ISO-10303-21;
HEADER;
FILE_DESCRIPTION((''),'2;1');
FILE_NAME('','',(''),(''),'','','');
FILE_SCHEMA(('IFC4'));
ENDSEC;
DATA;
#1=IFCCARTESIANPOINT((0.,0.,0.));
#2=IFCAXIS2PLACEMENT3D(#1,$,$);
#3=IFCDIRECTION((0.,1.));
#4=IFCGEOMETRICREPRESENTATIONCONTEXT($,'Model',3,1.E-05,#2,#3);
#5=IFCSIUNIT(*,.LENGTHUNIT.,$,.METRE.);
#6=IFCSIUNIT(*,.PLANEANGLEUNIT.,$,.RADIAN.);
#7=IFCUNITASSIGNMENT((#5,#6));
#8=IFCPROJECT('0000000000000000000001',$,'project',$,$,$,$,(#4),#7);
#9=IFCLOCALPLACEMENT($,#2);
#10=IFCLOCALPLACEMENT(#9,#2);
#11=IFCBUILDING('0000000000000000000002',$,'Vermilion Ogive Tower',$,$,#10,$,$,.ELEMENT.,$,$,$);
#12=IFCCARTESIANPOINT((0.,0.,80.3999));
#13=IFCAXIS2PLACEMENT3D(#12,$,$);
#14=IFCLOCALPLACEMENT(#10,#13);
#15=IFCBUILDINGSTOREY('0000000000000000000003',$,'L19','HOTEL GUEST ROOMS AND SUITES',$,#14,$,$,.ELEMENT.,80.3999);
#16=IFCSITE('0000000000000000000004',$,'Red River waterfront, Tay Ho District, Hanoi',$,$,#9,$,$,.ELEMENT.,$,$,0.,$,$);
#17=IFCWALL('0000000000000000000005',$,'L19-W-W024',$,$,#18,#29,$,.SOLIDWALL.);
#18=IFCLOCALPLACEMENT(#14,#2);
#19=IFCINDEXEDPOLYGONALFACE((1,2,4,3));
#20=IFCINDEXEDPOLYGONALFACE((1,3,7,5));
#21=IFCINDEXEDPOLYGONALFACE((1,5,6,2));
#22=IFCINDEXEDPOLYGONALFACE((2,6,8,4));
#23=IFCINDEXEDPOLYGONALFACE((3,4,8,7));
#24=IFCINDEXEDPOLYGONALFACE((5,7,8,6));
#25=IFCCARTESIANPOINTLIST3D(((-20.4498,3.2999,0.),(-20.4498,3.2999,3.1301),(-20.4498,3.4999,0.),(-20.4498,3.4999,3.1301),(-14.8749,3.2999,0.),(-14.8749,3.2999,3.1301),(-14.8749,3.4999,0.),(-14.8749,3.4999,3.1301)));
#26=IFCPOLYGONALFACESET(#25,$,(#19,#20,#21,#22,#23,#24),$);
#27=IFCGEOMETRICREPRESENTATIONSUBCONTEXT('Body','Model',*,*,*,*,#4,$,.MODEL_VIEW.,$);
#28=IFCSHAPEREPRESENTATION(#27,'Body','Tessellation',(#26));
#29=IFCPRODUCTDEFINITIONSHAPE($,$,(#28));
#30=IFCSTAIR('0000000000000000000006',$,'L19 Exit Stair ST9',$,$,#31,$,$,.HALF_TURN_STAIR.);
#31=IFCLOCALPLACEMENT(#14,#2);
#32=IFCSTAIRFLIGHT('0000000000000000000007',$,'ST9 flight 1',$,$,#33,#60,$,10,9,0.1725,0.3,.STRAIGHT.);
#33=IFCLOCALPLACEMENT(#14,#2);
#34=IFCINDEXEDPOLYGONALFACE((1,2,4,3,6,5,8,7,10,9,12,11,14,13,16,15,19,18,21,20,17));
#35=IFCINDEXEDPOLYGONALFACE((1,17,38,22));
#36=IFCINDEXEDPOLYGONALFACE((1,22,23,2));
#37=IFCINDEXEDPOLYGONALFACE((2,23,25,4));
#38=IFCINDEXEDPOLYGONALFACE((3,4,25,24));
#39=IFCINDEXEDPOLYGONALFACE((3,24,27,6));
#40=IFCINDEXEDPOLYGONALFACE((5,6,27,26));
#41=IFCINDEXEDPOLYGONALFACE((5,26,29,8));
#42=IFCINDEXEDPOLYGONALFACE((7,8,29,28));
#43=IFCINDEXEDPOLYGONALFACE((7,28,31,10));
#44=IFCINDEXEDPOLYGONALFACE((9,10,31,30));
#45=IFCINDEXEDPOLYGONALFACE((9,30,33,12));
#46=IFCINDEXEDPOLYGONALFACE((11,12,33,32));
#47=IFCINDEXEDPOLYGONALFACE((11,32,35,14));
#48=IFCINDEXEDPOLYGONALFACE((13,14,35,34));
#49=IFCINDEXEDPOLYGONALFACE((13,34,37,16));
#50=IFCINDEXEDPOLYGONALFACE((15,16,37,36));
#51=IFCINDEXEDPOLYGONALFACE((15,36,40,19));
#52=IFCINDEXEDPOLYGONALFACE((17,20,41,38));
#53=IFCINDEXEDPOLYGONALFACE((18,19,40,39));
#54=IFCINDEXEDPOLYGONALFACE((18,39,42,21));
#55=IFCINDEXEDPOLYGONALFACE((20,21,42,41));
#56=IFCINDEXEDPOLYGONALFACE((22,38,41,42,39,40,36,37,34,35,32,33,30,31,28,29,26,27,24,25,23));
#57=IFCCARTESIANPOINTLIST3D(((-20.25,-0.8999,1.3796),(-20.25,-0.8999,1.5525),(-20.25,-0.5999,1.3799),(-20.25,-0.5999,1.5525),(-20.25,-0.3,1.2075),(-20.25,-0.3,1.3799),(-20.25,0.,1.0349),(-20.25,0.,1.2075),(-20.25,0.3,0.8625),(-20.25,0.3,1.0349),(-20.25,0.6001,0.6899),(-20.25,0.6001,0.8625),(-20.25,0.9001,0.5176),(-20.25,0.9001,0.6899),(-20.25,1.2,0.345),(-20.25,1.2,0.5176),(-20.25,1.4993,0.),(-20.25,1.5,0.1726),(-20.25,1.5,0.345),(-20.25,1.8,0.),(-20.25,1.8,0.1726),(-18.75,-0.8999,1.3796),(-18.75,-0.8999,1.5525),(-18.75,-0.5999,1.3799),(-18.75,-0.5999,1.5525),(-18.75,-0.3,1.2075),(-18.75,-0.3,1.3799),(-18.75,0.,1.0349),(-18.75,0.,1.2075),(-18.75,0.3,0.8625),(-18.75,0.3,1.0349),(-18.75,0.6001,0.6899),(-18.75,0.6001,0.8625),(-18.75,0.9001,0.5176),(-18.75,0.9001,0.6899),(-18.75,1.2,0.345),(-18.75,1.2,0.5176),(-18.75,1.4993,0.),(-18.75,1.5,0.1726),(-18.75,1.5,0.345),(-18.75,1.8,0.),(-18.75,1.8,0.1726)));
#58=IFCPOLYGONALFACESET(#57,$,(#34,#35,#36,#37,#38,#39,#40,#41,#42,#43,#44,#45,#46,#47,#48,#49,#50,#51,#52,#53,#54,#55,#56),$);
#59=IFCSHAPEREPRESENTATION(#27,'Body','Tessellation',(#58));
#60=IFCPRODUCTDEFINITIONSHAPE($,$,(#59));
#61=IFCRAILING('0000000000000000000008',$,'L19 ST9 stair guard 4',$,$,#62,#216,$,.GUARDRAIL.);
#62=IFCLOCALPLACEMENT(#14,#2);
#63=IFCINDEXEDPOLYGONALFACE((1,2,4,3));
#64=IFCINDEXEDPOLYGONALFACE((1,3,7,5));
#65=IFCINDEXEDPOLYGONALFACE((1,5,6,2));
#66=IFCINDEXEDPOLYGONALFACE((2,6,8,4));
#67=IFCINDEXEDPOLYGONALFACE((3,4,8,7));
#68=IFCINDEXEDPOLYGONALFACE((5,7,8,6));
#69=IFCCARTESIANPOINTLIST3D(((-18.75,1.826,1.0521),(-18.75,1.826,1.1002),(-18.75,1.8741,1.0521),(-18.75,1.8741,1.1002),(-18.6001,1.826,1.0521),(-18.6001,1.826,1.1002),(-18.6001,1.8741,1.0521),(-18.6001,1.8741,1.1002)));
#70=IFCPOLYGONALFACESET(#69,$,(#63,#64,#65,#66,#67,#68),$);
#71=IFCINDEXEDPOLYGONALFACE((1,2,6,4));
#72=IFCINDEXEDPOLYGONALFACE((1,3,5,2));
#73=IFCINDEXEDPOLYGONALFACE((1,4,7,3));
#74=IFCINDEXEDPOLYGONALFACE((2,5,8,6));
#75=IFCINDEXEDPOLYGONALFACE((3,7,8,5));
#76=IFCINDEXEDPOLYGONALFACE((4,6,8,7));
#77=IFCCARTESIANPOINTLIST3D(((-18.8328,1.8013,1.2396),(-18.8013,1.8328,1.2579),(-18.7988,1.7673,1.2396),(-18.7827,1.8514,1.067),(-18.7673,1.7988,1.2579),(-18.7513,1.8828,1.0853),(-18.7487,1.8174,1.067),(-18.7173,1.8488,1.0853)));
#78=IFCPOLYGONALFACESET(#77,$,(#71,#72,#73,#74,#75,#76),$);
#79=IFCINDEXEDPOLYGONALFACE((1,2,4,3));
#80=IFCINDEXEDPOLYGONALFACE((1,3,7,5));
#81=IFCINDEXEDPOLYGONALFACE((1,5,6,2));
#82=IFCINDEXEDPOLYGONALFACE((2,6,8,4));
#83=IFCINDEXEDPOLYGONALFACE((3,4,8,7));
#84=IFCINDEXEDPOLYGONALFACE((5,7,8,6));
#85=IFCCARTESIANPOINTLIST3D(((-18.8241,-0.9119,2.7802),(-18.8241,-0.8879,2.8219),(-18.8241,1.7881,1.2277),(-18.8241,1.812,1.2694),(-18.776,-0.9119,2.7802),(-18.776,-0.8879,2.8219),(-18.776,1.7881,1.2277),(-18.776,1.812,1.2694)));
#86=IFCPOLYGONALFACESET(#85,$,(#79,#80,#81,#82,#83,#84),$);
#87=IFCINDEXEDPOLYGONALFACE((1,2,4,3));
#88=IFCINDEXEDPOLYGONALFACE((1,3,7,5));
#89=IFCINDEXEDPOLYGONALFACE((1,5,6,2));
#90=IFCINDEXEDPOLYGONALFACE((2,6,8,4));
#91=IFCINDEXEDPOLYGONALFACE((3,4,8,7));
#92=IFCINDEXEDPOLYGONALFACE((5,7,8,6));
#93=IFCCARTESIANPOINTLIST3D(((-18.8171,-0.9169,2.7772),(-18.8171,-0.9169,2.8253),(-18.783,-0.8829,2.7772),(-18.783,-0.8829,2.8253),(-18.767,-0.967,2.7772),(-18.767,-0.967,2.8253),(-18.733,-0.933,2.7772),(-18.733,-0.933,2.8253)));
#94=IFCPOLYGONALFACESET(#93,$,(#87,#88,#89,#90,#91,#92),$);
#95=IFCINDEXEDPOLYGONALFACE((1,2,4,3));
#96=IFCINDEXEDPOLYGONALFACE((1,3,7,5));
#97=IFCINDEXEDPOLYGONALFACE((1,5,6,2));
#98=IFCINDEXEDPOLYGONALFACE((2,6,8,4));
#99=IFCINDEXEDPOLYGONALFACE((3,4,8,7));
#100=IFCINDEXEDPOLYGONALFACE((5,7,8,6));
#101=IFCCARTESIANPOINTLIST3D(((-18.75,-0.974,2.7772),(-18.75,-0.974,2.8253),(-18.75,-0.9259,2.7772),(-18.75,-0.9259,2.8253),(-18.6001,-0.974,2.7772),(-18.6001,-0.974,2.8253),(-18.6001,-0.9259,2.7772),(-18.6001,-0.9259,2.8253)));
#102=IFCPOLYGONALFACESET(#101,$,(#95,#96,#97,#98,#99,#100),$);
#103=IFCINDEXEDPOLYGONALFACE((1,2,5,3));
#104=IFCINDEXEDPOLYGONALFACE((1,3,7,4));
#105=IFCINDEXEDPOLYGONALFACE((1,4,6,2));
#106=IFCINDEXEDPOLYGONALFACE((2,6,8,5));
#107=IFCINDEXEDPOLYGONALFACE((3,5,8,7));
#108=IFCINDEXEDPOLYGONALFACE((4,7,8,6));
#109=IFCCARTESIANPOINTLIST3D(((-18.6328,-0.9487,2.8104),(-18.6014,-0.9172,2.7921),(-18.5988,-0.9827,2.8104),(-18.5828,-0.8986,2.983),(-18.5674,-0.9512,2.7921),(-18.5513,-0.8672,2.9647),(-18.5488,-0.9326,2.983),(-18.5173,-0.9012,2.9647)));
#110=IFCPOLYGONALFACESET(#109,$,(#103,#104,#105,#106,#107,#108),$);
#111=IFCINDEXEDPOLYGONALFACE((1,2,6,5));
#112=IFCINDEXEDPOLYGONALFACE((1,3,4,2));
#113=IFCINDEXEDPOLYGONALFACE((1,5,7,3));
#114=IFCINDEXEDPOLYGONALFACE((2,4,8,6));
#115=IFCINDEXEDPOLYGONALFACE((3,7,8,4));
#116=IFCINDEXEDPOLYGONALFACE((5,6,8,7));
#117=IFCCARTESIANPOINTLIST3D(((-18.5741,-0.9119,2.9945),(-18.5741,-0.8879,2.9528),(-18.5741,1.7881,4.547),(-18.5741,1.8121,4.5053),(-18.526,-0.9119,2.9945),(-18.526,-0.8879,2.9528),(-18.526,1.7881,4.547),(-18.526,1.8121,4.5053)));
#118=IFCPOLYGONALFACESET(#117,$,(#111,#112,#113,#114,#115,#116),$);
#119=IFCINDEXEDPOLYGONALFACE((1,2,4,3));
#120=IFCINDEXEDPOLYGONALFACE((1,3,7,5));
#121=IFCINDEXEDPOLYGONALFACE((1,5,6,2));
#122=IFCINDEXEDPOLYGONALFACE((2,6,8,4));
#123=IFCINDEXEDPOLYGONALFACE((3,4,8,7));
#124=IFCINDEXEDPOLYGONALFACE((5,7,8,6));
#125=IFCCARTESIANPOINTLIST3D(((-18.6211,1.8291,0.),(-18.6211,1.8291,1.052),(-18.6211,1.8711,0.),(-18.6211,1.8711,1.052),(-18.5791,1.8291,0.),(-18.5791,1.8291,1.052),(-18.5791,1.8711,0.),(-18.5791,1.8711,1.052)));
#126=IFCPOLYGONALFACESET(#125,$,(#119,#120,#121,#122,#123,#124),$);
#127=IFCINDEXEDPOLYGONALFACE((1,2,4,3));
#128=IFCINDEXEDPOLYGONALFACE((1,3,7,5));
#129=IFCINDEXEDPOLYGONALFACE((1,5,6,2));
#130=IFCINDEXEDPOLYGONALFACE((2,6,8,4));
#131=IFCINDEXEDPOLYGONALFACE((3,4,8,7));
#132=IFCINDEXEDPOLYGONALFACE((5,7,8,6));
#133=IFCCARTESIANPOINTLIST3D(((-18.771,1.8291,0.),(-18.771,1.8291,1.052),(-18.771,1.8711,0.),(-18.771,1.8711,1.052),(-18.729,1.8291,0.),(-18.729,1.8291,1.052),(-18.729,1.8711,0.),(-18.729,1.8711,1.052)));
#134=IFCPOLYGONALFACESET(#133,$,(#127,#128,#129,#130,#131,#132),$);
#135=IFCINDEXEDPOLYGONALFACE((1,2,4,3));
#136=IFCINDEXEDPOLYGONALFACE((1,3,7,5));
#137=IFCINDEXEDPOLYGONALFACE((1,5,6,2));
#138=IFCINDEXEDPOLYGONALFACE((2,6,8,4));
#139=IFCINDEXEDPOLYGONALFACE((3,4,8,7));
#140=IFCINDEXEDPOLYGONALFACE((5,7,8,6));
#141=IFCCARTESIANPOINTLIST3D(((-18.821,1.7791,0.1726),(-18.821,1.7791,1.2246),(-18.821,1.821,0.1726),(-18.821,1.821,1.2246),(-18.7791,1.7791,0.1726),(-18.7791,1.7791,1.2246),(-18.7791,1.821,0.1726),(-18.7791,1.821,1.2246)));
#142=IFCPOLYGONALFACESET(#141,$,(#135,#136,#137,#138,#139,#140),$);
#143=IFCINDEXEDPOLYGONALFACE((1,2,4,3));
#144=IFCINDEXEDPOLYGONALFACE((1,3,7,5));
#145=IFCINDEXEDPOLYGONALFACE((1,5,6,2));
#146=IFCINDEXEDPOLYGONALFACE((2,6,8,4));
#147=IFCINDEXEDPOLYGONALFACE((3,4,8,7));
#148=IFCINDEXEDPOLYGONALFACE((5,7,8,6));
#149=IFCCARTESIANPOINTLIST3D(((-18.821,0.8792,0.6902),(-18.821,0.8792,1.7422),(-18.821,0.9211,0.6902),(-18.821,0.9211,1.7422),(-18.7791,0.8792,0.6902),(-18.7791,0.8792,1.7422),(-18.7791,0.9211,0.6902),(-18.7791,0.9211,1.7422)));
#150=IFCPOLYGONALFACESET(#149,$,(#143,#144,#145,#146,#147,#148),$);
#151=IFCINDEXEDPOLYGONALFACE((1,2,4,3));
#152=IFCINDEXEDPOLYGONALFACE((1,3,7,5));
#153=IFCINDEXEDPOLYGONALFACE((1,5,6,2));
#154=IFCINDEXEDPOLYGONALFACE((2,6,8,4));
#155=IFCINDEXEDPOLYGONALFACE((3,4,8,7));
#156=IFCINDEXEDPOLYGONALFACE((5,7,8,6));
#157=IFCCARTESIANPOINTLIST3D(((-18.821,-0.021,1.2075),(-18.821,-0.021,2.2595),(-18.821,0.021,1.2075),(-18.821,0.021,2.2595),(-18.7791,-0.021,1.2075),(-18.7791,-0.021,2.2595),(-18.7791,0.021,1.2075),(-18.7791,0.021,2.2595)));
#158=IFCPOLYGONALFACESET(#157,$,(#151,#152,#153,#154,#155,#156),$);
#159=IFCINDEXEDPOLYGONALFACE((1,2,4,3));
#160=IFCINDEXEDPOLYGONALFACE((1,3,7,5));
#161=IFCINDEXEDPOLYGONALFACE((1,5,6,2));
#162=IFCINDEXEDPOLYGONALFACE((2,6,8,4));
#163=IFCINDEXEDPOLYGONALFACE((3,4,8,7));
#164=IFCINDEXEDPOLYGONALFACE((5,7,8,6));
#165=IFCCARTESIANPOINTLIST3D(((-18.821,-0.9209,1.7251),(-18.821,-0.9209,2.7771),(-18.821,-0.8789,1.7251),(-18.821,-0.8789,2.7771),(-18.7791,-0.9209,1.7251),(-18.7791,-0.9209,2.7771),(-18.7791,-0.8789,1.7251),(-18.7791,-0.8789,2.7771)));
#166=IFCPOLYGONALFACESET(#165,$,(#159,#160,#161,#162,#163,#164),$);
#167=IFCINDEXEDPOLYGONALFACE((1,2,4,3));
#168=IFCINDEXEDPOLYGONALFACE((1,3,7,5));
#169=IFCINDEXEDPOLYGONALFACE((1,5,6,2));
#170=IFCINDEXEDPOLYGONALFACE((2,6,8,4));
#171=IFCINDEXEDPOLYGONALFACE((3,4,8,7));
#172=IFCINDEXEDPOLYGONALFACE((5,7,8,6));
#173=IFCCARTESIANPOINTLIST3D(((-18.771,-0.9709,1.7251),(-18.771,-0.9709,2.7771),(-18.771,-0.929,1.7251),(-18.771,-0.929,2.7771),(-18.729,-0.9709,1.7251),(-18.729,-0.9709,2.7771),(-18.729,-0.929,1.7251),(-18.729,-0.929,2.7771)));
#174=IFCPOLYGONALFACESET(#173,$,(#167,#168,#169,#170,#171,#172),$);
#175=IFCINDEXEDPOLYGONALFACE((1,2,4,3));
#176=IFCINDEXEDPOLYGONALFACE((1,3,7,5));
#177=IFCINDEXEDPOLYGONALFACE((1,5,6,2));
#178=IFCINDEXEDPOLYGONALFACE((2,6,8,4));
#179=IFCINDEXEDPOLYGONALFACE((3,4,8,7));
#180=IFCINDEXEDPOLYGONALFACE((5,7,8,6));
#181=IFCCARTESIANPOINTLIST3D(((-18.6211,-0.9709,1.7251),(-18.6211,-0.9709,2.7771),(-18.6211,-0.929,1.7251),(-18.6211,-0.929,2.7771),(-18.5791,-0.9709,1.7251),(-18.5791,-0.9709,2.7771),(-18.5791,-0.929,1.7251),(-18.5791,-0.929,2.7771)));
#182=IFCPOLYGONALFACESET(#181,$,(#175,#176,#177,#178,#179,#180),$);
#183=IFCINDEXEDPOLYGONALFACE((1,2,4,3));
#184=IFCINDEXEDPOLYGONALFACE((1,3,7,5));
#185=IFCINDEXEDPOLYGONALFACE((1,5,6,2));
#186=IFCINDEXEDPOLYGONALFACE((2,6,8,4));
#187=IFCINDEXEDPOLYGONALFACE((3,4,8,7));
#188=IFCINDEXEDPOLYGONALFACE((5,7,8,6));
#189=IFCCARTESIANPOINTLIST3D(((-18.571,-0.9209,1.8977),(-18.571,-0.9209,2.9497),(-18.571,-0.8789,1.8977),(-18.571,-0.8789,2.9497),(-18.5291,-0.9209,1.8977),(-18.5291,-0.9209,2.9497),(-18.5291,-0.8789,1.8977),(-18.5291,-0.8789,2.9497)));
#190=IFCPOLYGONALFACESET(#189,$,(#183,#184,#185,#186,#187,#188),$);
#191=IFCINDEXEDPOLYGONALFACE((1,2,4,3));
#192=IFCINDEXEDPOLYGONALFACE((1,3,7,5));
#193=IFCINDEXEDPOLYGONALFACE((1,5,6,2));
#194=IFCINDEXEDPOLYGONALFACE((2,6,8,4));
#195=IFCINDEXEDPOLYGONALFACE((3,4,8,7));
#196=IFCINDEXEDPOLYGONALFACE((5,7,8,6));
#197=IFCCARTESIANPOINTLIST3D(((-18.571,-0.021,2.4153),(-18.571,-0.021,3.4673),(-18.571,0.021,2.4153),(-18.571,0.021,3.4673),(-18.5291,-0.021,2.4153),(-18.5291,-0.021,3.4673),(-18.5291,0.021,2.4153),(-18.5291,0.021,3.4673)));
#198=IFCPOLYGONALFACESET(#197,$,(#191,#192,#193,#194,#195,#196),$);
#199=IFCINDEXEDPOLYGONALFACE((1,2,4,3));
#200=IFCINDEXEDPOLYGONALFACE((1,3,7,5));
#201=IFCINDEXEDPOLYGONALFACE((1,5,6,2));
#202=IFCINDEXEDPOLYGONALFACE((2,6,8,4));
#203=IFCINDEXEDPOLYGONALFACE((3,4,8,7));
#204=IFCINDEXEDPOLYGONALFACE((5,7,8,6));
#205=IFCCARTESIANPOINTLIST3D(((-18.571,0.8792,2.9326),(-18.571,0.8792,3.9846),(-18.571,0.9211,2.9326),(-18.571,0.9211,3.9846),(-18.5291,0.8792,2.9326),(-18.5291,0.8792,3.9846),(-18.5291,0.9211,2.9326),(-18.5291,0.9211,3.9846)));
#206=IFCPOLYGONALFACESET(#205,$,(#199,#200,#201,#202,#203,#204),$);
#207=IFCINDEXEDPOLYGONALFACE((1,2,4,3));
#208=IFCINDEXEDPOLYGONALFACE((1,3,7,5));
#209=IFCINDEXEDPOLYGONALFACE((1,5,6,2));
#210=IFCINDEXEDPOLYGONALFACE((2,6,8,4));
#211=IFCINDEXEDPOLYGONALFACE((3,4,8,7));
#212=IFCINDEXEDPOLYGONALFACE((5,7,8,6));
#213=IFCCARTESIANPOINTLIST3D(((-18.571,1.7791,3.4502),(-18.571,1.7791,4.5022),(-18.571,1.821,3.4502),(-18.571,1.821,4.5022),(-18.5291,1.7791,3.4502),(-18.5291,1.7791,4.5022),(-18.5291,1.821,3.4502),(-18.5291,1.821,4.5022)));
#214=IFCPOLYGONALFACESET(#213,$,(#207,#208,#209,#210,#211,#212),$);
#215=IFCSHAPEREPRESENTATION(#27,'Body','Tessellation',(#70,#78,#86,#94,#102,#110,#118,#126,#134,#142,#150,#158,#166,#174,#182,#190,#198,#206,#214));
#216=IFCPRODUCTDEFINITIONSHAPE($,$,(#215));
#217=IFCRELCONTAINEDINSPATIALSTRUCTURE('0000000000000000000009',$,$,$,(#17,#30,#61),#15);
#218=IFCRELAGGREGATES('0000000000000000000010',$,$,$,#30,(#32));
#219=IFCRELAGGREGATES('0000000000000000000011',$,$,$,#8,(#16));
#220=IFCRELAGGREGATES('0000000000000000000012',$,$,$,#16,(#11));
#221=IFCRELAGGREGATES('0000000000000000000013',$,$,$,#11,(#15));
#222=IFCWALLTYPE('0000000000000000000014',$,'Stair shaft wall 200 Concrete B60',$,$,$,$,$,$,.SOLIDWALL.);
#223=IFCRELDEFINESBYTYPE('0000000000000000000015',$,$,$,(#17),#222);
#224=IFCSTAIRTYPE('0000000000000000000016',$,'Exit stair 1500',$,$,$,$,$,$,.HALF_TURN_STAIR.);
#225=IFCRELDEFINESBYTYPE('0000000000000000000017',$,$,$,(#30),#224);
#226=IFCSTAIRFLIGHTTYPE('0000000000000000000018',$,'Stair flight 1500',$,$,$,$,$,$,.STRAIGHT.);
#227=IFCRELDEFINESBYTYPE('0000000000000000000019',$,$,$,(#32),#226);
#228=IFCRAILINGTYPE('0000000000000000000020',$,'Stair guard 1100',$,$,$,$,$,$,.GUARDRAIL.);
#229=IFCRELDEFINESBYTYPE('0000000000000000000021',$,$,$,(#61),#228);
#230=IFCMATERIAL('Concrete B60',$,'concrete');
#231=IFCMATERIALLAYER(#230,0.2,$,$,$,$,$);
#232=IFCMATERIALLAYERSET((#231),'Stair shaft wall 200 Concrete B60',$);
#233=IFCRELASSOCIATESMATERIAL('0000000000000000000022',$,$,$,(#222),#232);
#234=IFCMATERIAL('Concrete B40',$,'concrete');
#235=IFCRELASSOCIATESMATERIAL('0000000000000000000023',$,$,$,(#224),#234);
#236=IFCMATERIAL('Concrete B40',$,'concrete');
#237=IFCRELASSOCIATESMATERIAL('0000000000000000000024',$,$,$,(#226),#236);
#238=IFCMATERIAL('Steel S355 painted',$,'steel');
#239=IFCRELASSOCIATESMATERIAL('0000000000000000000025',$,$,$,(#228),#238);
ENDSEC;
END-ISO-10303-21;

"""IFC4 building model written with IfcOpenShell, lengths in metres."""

from ifc_helpers import new_model, si_unit, direction, frame, frame_2d, origin, origin_2d, place, context, subcontext, project, spatial, polyline, rectangle, outline, extrude, material, layer, layer_set, type_object, element, aggregate, save


model = new_model("IFC4")

# Units and contexts
model_context = context("Model", 3, precision=1e-05, world=origin(), true_north=direction((0.0, 1.0)))
body_context = subcontext(model_context, "Body", "Model", "MODEL_VIEW")
ifc_project = project(units=[si_unit("LENGTHUNIT", "METRE"), si_unit("PLANEANGLEUNIT", "RADIAN")], contexts=[model_context])

# Site, building, storey
site_placement = place(None, origin())
site = spatial("IfcSite", under=ifc_project, at=site_placement, Name="Red River waterfront, Tay Ho District, Hanoi", CompositionType="ELEMENT", RefElevation=0.0)
building_placement = place(site_placement, origin())
building = spatial("IfcBuilding", under=site, at=building_placement, Name="Vermilion Ogive Tower", CompositionType="ELEMENT")
storey_placement = place(building_placement, frame((0.0, 0.0, 80.3999)))
storey = spatial("IfcBuildingStorey", under=building, at=storey_placement, Name="L19", Description="HOTEL GUEST ROOMS AND SUITES", CompositionType="ELEMENT", Elevation=80.3999)

# Wall
ifc_material_1 = material(Name="Concrete B60", Category="concrete")
ifc_layer_1 = layer(ifc_material_1, 0.2)
ifc_layer_set_1 = layer_set([ifc_layer_1], Name="Stair shaft wall 200 Concrete B60")
wall_type_1 = type_object("IfcWallType", Name="Stair shaft wall 200 Concrete B60", PredefinedType="SOLIDWALL", material=ifc_layer_set_1)
wall_1_placement = place(storey_placement, frame((-20.45, 3.3999, 0.0), z_axis=(0.0, 0.0, 1.0), x_axis=(1.0, 0.0, 0.0)))
element("IfcWall", 1, at=wall_1_placement, inside=storey, type_object=wall_type_1, Name="L19-W-W024", PredefinedType="SOLIDWALL", context=body_context, shape_type="SweptSolid", body=[
    extrude(rectangle(XDim=5.575, YDim=0.2, at=frame_2d((2.7876, 0.0))), origin(), (0.0, 0.0, 1.0), 3.1301),
])

# Stair, stair flight
ifc_material_2 = material(Name="Concrete B40", Category="concrete")
stair_type = type_object("IfcStairType", Name="Exit stair 1500", PredefinedType="HALF_TURN_STAIR", material=ifc_material_2)
stair_placement = place(storey_placement, origin())
stair = element("IfcStair", 2, at=stair_placement, inside=storey, type_object=stair_type, Name="L19 Exit Stair ST9", PredefinedType="HALF_TURN_STAIR")
ifc_material_3 = material(Name="Concrete B40", Category="concrete")
stair_flight_type = type_object("IfcStairFlightType", Name="Stair flight 1500", PredefinedType="STRAIGHT", material=ifc_material_3)
stair_flight_placement = place(storey_placement, frame((-19.5, 1.8, 0.0), z_axis=(0.0, 0.0, 1.0), x_axis=(0.0, -1.0, 0.0)))
stair_flight = element("IfcStairFlight", 3, at=stair_flight_placement, type_object=stair_flight_type, Name="ST9 flight 1", NumberOfRisers=10, NumberOfTreads=9, PredefinedType="STRAIGHT", RiserHeight=0.1725, TreadLength=0.3, context=body_context, shape_type="SweptSolid", body=[
    extrude(outline(polyline([(0.0, 0.0), (0.0, 0.1726), (0.3, 0.1726), (0.3, 0.345), (0.6001, 0.345), (0.6001, 0.5176), (0.8999, 0.5176), (0.8999, 0.6899), (1.2, 0.6899), (1.2, 0.8625), (1.5, 0.8625), (1.5, 1.0349), (1.8, 1.0349), (1.8, 1.2075), (2.1001, 1.2075), (2.1001, 1.3799), (2.3999, 1.3799), (2.3999, 1.5525), (2.7, 1.5525), (2.7, 1.7251), (2.7, 1.3796), (0.3008, 0.0), (0.0, 0.0)])), frame((0.0, 0.75, 0.0), z_axis=(0.0, -1.0, 0.0), x_axis=(1.0, 0.0, 0.0)), (0.0, 0.0, 1.0), 1.5),
])
aggregate(stair, [stair_flight])

# Railing
ifc_material_4 = material(Name="Steel S355 painted", Category="steel")
railing_type_1 = type_object("IfcRailingType", Name="Stair guard 1100", PredefinedType="GUARDRAIL", material=ifc_material_4)
railing_1_placement = place(storey_placement, frame((-18.6001, 1.8501, 0.0)))
element("IfcRailing", 4, at=railing_1_placement, inside=storey, type_object=railing_type_1, Name="L19 ST9 stair guard 4", PredefinedType="GUARDRAIL", context=body_context, shape_type="SweptSolid", body=[
    extrude(rectangle(XDim=0.0481, YDim=0.0481, at=origin_2d()), frame((0.0, 0.0, 1.0762), z_axis=(-1.0, 0.0, 0.0), x_axis=(0.0, -1.0, 0.0)), (0.0, 0.0, 1.0), 0.1499),
    extrude(rectangle(XDim=0.0481, YDim=0.0481, at=origin_2d()), frame((-0.1499, 0.0, 1.0762), z_axis=(-0.268278, -0.268278, 0.925232), x_axis=(0.707107, -0.707107, 0.0)), (0.0, 0.0, 1.0), 0.1865),
    extrude(rectangle(XDim=0.0481, YDim=0.0481, at=origin_2d()), frame((-0.2, -0.05, 1.2485), z_axis=(0.0, -0.866904, 0.498476), x_axis=(1.0, 0.0, 0.0)), (0.0, 0.0, 1.0), 3.1145),
    extrude(rectangle(XDim=0.0481, YDim=0.0481, at=origin_2d()), frame((-0.2, -2.75, 2.8013), z_axis=(0.707107, -0.707107, 0.0), x_axis=(0.707107, 0.707107, 0.0)), (0.0, 0.0, 1.0), 0.0708),
    extrude(rectangle(XDim=0.0481, YDim=0.0481, at=origin_2d()), frame((-0.1499, -2.8, 2.8013), z_axis=(1.0, 0.0, 0.0), x_axis=(0.0, 1.0, 0.0)), (0.0, 0.0, 1.0), 0.1499),
    extrude(rectangle(XDim=0.0481, YDim=0.0481, at=origin_2d()), frame((0.0, -2.8, 2.8013), z_axis=(0.268278, 0.268278, 0.925232), x_axis=(-0.707107, 0.707107, 0.0)), (0.0, 0.0, 1.0), 0.1865),
    extrude(rectangle(XDim=0.0481, YDim=0.0481, at=origin_2d()), frame((0.05, -2.75, 2.9736), z_axis=(0.0, 0.866904, 0.498476), x_axis=(-1.0, 0.0, 0.0)), (0.0, 0.0, 1.0), 3.1145),
    extrude(rectangle(XDim=0.042, YDim=0.042, at=origin_2d()), origin(), (0.0, 0.0, 1.0), 1.052),
    extrude(rectangle(XDim=0.042, YDim=0.042, at=origin_2d()), frame((-0.1499, 0.0, 0.0)), (0.0, 0.0, 1.0), 1.052),
    extrude(rectangle(XDim=0.042, YDim=0.042, at=origin_2d()), frame((-0.2, -0.05, 0.1726)), (0.0, 0.0, 1.0), 1.052),
    extrude(rectangle(XDim=0.042, YDim=0.042, at=origin_2d()), frame((-0.2, -0.95, 0.6902)), (0.0, 0.0, 1.0), 1.052),
    extrude(rectangle(XDim=0.042, YDim=0.042, at=origin_2d()), frame((-0.2, -1.8501, 1.2075)), (0.0, 0.0, 1.0), 1.052),
    extrude(rectangle(XDim=0.042, YDim=0.042, at=origin_2d()), frame((-0.2, -2.75, 1.7251)), (0.0, 0.0, 1.0), 1.052),
    extrude(rectangle(XDim=0.042, YDim=0.042, at=origin_2d()), frame((-0.1499, -2.8, 1.7251)), (0.0, 0.0, 1.0), 1.052),
    extrude(rectangle(XDim=0.042, YDim=0.042, at=origin_2d()), frame((0.0, -2.8, 1.7251)), (0.0, 0.0, 1.0), 1.052),
    extrude(rectangle(XDim=0.042, YDim=0.042, at=origin_2d()), frame((0.05, -2.75, 1.8977)), (0.0, 0.0, 1.0), 1.052),
    extrude(rectangle(XDim=0.042, YDim=0.042, at=origin_2d()), frame((0.05, -1.8501, 2.4153)), (0.0, 0.0, 1.0), 1.052),
    extrude(rectangle(XDim=0.042, YDim=0.042, at=origin_2d()), frame((0.05, -0.95, 2.9326)), (0.0, 0.0, 1.0), 1.052),
    extrude(rectangle(XDim=0.042, YDim=0.042, at=origin_2d()), frame((0.05, -0.05, 3.4502)), (0.0, 0.0, 1.0), 1.052),
])

save(model, "model.ifc")
